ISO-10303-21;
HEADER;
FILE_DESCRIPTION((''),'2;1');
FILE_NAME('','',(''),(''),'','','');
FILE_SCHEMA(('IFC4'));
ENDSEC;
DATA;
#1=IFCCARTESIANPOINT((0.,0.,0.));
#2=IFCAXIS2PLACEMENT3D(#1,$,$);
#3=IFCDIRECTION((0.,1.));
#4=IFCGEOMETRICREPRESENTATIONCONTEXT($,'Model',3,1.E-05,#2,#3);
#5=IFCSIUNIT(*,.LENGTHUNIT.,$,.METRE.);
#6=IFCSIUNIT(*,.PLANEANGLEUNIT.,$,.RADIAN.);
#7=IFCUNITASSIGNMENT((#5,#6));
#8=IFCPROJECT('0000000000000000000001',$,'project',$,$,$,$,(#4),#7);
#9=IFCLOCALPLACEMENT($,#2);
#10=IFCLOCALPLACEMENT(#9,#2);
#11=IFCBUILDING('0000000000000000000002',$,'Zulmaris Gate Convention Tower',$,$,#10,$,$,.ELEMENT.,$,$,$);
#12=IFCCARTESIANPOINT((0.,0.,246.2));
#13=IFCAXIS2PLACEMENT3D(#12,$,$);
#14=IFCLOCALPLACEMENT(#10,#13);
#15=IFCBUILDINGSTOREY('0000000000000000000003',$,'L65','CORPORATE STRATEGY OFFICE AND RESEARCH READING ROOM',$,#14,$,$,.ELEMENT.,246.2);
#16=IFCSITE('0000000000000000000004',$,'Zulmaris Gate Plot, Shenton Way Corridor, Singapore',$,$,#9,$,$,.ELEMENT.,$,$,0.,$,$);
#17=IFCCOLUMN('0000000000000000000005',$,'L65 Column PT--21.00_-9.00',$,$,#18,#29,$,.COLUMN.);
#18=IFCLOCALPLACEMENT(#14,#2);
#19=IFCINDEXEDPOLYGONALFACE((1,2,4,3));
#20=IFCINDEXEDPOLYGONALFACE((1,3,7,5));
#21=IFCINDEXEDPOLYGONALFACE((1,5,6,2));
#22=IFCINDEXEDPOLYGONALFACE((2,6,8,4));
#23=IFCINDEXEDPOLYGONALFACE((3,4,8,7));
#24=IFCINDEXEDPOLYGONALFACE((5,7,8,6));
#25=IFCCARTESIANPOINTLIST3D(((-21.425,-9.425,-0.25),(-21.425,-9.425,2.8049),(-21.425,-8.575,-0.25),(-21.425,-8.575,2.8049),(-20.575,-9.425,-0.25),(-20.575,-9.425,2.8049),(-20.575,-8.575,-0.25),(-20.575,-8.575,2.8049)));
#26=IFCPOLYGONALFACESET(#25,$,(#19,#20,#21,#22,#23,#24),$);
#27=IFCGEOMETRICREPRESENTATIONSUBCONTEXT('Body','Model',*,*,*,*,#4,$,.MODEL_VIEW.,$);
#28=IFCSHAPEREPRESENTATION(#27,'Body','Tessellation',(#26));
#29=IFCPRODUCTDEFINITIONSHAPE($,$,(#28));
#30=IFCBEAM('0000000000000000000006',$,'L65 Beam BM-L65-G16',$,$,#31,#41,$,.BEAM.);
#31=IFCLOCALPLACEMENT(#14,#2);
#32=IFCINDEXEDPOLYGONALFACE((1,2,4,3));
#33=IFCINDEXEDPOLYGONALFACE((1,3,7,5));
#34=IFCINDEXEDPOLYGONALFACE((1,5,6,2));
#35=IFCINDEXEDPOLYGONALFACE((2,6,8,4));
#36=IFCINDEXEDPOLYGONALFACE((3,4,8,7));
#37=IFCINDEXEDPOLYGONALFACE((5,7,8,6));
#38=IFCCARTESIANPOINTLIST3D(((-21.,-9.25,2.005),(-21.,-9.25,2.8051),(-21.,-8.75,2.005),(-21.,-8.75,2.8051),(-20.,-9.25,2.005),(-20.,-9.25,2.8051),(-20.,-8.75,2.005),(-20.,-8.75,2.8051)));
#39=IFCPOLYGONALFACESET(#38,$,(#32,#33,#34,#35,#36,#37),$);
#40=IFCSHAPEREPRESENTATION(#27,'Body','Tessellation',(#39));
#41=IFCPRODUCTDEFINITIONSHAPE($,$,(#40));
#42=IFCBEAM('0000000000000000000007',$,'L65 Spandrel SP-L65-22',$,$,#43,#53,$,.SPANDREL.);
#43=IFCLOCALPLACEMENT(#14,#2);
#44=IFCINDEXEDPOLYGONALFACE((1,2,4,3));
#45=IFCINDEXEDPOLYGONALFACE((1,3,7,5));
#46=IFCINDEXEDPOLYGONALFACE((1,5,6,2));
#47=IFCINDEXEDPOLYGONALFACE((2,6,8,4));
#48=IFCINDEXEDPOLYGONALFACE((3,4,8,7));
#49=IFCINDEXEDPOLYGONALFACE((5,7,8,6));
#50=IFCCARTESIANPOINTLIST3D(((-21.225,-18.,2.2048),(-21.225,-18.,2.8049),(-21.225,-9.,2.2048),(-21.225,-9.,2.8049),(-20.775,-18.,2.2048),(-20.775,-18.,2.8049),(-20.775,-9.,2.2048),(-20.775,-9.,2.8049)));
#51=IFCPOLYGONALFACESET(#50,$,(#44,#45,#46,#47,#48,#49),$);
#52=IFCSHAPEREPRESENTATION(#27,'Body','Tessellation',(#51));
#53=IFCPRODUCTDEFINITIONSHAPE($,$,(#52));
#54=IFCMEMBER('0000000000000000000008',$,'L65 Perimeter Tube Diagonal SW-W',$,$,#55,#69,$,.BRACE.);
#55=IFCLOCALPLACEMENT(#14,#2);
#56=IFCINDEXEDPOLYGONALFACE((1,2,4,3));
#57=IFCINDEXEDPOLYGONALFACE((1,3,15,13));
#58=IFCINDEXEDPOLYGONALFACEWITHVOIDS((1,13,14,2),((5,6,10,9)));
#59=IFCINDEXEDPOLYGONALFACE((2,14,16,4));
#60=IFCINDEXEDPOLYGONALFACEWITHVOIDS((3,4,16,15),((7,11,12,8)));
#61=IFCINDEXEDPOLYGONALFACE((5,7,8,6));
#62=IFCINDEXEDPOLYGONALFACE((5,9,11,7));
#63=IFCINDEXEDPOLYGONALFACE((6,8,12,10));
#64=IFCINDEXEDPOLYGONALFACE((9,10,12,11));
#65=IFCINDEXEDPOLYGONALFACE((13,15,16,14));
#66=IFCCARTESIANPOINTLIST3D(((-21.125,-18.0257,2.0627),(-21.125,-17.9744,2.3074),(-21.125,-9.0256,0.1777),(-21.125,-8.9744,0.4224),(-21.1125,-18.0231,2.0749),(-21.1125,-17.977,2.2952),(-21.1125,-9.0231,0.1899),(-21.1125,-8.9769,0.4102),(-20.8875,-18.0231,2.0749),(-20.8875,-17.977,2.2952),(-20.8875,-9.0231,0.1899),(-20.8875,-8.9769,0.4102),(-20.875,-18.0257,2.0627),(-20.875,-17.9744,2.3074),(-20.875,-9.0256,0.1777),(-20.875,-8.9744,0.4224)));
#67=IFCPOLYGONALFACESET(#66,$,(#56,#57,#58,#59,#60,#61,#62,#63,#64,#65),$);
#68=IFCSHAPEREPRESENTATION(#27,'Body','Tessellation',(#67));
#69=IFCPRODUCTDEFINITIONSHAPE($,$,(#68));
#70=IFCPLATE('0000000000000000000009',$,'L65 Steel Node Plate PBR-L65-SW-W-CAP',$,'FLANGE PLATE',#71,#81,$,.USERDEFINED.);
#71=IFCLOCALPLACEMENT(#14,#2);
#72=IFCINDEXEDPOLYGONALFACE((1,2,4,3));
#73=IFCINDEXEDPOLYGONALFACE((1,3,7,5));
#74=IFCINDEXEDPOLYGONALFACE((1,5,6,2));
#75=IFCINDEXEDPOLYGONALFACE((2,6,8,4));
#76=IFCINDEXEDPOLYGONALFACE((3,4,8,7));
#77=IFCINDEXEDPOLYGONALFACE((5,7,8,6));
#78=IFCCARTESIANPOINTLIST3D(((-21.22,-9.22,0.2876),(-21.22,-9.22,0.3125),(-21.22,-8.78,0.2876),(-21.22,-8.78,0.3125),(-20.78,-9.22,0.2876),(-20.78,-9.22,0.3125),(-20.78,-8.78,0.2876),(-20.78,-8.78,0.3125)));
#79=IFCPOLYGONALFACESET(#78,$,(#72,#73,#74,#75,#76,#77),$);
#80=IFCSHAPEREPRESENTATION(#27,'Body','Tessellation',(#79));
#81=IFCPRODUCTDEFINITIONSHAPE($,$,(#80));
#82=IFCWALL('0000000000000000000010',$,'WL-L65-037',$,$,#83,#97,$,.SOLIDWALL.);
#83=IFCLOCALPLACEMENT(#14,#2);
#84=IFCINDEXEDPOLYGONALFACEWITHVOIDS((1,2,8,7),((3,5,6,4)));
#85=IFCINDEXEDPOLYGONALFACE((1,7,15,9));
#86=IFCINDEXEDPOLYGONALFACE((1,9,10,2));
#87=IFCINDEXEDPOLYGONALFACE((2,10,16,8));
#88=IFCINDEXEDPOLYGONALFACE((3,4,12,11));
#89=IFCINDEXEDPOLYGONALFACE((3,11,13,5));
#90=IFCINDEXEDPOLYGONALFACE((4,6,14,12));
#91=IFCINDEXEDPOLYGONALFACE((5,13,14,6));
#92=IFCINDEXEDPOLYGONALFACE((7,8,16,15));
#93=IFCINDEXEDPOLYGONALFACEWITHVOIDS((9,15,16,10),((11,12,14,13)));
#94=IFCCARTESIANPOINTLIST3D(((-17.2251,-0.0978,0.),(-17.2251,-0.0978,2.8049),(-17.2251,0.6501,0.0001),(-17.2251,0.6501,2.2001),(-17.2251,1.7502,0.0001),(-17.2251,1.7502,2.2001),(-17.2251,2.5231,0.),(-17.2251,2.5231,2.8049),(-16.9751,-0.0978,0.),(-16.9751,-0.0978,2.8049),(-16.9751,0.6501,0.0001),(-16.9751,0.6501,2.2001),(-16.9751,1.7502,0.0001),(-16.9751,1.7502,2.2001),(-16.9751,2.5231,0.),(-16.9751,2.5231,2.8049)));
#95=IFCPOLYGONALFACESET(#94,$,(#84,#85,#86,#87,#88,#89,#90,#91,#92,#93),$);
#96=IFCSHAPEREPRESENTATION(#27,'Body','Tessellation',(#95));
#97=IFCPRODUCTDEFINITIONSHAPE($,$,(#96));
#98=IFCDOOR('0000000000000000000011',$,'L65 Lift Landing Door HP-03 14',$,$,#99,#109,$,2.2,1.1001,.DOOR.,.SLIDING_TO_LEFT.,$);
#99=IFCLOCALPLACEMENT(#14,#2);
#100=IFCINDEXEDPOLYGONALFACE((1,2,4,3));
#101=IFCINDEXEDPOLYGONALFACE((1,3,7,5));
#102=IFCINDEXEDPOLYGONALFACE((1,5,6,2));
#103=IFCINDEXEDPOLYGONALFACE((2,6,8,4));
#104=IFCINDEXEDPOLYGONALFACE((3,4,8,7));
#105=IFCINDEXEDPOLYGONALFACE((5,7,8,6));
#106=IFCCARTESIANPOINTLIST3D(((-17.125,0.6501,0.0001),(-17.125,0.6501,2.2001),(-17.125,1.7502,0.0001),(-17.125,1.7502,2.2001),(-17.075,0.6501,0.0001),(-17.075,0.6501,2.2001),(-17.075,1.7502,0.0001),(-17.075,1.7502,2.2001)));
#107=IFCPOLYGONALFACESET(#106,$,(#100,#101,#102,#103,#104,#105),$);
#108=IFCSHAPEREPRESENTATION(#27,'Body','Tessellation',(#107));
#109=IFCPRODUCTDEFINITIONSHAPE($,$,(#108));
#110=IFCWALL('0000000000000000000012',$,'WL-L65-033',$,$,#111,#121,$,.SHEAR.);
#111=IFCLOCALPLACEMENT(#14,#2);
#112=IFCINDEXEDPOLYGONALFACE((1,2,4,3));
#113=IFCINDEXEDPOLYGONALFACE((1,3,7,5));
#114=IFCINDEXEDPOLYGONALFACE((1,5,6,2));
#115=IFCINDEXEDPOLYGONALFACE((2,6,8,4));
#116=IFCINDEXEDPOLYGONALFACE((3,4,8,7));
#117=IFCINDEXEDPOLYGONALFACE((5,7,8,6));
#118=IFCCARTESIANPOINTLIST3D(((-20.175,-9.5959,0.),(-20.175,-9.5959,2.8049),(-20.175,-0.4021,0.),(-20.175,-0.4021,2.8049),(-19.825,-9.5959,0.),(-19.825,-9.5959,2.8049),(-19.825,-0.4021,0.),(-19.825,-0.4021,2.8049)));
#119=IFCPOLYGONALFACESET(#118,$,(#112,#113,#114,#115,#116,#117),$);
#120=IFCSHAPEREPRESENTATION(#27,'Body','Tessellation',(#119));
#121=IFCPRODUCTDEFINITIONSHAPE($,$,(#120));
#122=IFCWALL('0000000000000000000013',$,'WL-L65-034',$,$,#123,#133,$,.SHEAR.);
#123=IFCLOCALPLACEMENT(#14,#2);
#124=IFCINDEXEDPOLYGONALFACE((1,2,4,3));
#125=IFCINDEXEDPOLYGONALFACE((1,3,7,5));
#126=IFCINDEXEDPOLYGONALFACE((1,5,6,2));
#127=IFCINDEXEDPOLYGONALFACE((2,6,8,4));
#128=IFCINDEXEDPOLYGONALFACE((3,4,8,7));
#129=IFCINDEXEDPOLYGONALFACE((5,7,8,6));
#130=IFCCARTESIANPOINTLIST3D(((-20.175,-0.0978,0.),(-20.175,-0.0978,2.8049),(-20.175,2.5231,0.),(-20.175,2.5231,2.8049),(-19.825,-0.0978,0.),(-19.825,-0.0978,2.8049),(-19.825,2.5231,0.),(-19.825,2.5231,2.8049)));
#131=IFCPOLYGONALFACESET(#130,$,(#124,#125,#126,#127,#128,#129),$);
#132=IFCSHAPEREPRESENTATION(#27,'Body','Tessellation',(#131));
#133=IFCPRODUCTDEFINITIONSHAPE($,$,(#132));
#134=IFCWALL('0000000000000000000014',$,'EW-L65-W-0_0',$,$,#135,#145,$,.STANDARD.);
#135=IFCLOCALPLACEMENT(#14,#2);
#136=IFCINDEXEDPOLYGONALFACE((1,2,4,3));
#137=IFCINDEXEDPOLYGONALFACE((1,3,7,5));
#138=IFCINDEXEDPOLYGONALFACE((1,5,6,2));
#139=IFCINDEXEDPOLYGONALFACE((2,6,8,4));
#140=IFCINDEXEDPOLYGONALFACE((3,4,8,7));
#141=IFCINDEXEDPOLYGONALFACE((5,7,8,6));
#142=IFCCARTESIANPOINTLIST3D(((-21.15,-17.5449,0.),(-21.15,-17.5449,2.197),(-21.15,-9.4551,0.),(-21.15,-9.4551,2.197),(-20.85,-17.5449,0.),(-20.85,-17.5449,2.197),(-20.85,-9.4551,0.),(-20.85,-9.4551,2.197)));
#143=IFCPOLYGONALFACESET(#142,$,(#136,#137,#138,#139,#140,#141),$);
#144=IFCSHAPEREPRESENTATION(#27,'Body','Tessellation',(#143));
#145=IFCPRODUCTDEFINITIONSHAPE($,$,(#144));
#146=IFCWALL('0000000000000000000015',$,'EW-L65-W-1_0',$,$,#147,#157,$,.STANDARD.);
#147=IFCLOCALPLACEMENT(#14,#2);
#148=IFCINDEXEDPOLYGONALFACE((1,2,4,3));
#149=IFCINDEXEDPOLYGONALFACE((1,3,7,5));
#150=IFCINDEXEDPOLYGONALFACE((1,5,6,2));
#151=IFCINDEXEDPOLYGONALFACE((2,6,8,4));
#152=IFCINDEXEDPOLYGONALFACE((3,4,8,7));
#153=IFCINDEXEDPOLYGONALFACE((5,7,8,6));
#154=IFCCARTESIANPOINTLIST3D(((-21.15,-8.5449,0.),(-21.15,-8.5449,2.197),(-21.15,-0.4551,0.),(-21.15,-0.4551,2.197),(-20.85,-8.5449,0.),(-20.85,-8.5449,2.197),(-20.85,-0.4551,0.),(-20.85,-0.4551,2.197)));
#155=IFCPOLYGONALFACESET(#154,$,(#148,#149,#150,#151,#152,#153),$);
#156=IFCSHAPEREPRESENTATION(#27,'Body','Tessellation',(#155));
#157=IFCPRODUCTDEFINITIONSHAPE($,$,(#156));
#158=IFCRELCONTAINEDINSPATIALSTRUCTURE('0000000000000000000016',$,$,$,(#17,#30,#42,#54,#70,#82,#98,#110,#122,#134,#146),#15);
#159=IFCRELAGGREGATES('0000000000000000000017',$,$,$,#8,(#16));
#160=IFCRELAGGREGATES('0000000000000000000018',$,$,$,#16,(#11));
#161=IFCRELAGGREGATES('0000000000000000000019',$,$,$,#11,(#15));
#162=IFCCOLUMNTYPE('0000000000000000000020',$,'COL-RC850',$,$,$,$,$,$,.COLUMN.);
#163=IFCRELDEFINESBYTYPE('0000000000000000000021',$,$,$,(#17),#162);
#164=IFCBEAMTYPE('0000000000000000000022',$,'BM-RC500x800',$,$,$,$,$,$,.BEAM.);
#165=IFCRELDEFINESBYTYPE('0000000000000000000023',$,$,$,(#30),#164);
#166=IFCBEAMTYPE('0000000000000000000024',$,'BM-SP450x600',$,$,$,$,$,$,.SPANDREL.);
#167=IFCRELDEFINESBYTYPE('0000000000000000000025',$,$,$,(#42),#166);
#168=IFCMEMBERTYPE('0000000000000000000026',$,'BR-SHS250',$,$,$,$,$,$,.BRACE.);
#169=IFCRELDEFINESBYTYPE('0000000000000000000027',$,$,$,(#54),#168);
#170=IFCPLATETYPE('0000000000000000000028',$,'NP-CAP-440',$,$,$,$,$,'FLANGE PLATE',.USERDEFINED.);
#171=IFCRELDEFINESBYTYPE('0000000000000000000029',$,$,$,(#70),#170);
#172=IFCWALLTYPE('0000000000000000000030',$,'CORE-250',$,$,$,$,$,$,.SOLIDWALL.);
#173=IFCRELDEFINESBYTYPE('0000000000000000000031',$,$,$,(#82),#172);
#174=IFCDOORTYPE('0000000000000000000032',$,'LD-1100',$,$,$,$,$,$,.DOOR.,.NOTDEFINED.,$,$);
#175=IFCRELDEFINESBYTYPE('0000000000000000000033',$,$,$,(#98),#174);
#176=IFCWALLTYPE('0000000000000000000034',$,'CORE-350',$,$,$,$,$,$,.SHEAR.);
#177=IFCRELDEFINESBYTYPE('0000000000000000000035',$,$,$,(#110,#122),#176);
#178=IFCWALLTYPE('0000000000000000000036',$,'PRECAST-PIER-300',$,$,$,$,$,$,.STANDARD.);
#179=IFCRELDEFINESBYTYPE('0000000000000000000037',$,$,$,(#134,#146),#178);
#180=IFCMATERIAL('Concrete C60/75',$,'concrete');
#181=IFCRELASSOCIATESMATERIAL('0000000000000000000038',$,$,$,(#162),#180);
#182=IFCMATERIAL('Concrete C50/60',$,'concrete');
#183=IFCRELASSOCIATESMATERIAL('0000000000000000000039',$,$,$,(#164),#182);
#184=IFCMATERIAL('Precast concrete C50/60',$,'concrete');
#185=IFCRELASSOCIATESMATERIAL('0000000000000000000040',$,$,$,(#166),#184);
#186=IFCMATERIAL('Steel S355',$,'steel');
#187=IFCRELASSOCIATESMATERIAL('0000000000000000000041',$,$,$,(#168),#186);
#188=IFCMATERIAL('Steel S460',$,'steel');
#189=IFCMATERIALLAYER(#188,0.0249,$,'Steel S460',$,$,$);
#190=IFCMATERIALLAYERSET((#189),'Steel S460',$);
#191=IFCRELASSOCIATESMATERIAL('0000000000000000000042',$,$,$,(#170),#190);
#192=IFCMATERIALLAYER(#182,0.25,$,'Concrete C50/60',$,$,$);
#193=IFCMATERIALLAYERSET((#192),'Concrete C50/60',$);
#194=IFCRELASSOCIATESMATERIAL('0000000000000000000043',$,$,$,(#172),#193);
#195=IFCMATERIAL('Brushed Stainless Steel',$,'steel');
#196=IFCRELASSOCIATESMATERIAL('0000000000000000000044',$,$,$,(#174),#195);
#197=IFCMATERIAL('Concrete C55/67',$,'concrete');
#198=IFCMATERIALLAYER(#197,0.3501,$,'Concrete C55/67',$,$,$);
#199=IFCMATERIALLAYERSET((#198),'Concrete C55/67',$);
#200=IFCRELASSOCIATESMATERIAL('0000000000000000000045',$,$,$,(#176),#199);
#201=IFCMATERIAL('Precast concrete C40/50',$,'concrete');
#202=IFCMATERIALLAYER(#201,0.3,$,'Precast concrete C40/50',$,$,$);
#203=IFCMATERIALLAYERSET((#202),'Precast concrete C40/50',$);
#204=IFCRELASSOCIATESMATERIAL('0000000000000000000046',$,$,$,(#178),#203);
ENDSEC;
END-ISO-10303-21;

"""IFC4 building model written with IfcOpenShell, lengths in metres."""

from ifc_helpers import new_model, si_unit, direction, frame, frame_2d, origin, origin_2d, place, context, subcontext, project, spatial, rectangle, hollow_rectangle, extrude, material, layer, layer_set, material_profile, profile_set, type_object, element, fill, save


model = new_model("IFC4")

# Units and contexts
model_context = context("Model", 3, precision=1e-05, world=origin(), true_north=direction((0.0, 1.0)))
body_context = subcontext(model_context, "Body", "Model", "MODEL_VIEW")
ifc_project = project(units=[si_unit("LENGTHUNIT", "METRE"), si_unit("PLANEANGLEUNIT", "RADIAN")], contexts=[model_context])

# Site, building, storey
site_placement = place(None, origin())
site = spatial("IfcSite", under=ifc_project, at=site_placement, Name="Zulmaris Gate Plot, Shenton Way Corridor, Singapore", CompositionType="ELEMENT", RefElevation=0.0)
building_placement = place(site_placement, origin())
building = spatial("IfcBuilding", under=site, at=building_placement, Name="Zulmaris Gate Convention Tower", CompositionType="ELEMENT")
storey_placement = place(building_placement, frame((0.0, 0.0, 246.2)))
storey = spatial("IfcBuildingStorey", under=building, at=storey_placement, Name="L65", Description="CORPORATE STRATEGY OFFICE AND RESEARCH READING ROOM", CompositionType="ELEMENT", Elevation=246.2)

# Column
ifc_material_1 = material(Name="Concrete C60/75", Category="concrete")
ifc_material_profile_1 = material_profile(ifc_material_1, rectangle(XDim=0.8501, YDim=0.8501, at=origin_2d()), Name="RC COL 850x850")
ifc_profile_set_1 = profile_set([ifc_material_profile_1], Name="Concrete C60/75")
column_type = type_object("IfcColumnType", Name="COL-RC850", PredefinedType="COLUMN", material=ifc_profile_set_1)
column_placement = place(storey_placement, frame((-21.0, -9.0, -0.25), z_axis=(0.0, 0.0, 1.0), x_axis=(1.0, 0.0, 0.0)))
element("IfcColumn", 1, at=column_placement, inside=storey, type_object=column_type, Name="L65 Column PT--21.00_-9.00", PredefinedType="COLUMN", context=body_context, shape_type="SweptSolid", body=[
    extrude(rectangle(XDim=0.8501, YDim=0.8501, at=origin_2d()), origin(), (0.0, 0.0, 1.0), 3.0549),
])

# Beams
ifc_material_2 = material(Name="Concrete C50/60", Category="concrete")
ifc_material_profile_2 = material_profile(ifc_material_2, rectangle(XDim=0.5, YDim=0.8, at=origin_2d()), Name="RC BEAM 500x800")
ifc_profile_set_2 = profile_set([ifc_material_profile_2], Name="Concrete C50/60")
beam_type_1 = type_object("IfcBeamType", Name="BM-RC500x800", PredefinedType="BEAM", material=ifc_profile_set_2)
beam_1_placement = place(storey_placement, frame((-21.0, -9.0, 2.405), z_axis=(1.0, 0.0, 0.0), x_axis=(0.0, 1.0, 0.0)))
element("IfcBeam", 2, at=beam_1_placement, inside=storey, type_object=beam_type_1, Name="L65 Beam BM-L65-G16", PredefinedType="BEAM", context=body_context, shape_type="SweptSolid", body=[
    extrude(rectangle(XDim=0.5, YDim=0.8, at=origin_2d()), origin(), (0.0, 0.0, 1.0), 1.0),
])
ifc_material_3 = material(Name="Precast concrete C50/60", Category="concrete")
ifc_material_profile_3 = material_profile(ifc_material_3, rectangle(XDim=0.45, YDim=0.6001, at=origin_2d()), Name="RC SPANDREL 450x600")
ifc_profile_set_3 = profile_set([ifc_material_profile_3], Name="Precast concrete C50/60")
beam_type_2 = type_object("IfcBeamType", Name="BM-SP450x600", PredefinedType="SPANDREL", material=ifc_profile_set_3)
beam_2_placement = place(storey_placement, frame((-21.0, -9.0, 2.5049), z_axis=(0.0, -1.0, 0.0), x_axis=(1.0, 0.0, 0.0)))
element("IfcBeam", 3, at=beam_2_placement, inside=storey, type_object=beam_type_2, Name="L65 Spandrel SP-L65-22", PredefinedType="SPANDREL", context=body_context, shape_type="SweptSolid", body=[
    extrude(rectangle(XDim=0.45, YDim=0.6001, at=origin_2d()), origin(), (0.0, 0.0, 1.0), 9.0),
])

# Member
ifc_material_4 = material(Name="Steel S355", Category="steel")
ifc_material_profile_4 = material_profile(ifc_material_4, hollow_rectangle(XDim=0.25, YDim=0.25, WallThickness=0.0125, at=origin_2d()), Name="SHS 250x250x12.5")
ifc_profile_set_4 = profile_set([ifc_material_profile_4], Name="Steel S355")
member_type = type_object("IfcMemberType", Name="BR-SHS250", PredefinedType="BRACE", material=ifc_profile_set_4)
member_placement = place(storey_placement, frame((-21.0, -9.0, 0.3), z_axis=(0.0, -0.978763, 0.204997), x_axis=(1.0, 0.0, 0.0)))
element("IfcMember", 4, at=member_placement, inside=storey, type_object=member_type, Name="L65 Perimeter Tube Diagonal SW-W", PredefinedType="BRACE", context=body_context, shape_type="SweptSolid", body=[
    extrude(hollow_rectangle(XDim=0.25, YDim=0.25, WallThickness=0.0125, at=origin_2d()), origin(), (0.0, 0.0, 1.0), 9.1953),
])

# Plate
ifc_material_5 = material(Name="Steel S460", Category="steel")
ifc_layer_1 = layer(ifc_material_5, 0.0249, Name="Steel S460")
ifc_layer_set_1 = layer_set([ifc_layer_1], Name="Steel S460")
plate_type = type_object("IfcPlateType", Name="NP-CAP-440", ElementType="FLANGE PLATE", PredefinedType="USERDEFINED", material=ifc_layer_set_1)
plate_placement = place(storey_placement, frame((-21.0, -9.0, 0.2876), z_axis=(0.0, 0.0, 1.0), x_axis=(1.0, 0.0, 0.0)))
element("IfcPlate", 5, at=plate_placement, inside=storey, type_object=plate_type, Name="L65 Steel Node Plate PBR-L65-SW-W-CAP", ObjectType="FLANGE PLATE", PredefinedType="USERDEFINED", context=body_context, shape_type="SweptSolid", body=[
    extrude(rectangle(XDim=0.4399, YDim=0.4399, at=origin_2d()), origin(), (0.0, 0.0, 1.0), 0.0249),
])

# Wall, opening, door
ifc_layer_2 = layer(ifc_material_2, 0.25, Name="Concrete C50/60")
ifc_layer_set_2 = layer_set([ifc_layer_2], Name="Concrete C50/60")
wall_type_1 = type_object("IfcWallType", Name="CORE-250", PredefinedType="SOLIDWALL", material=ifc_layer_set_2)
wall_1_placement = place(storey_placement, frame((-17.1001, -0.0979, 0.0), z_axis=(0.0, 0.0, 1.0), x_axis=(0.0, 1.0, 0.0)))
wall_1 = element("IfcWall", 6, at=wall_1_placement, inside=storey, type_object=wall_type_1, Name="WL-L65-037", PredefinedType="SOLIDWALL", context=body_context, shape_type="SweptSolid", body=[
    extrude(rectangle(XDim=2.6208, YDim=0.25, at=frame_2d((1.3105, 0.0))), origin(), (0.0, 0.0, 1.0), 2.8049),
])
opening_1_placement = place(wall_1_placement, frame((0.748, 0.0, 0.0)))
opening_1 = element("IfcOpeningElement", 7, at=opening_1_placement, cuts=wall_1, PredefinedType="OPENING", context=body_context, shape_type="SweptSolid", body=[
    extrude(rectangle(XDim=1.1001, YDim=2.2, at=frame_2d((0.55, 1.1001))), frame((0.0, 0.135, 0.0), z_axis=(0.0, -1.0, 0.0), x_axis=(1.0, 0.0, 0.0)), (0.0, 0.0, 1.0), 0.27),
])
ifc_material_6 = material(Name="Brushed Stainless Steel", Category="steel")
door_type_1 = type_object("IfcDoorType", Name="LD-1100", OperationType="NOTDEFINED", PredefinedType="DOOR", material=ifc_material_6)
door_1_placement = place(opening_1_placement, origin())
door_1 = element("IfcDoor", 8, at=door_1_placement, inside=storey, type_object=door_type_1, Name="L65 Lift Landing Door HP-03 14", OperationType="SLIDING_TO_LEFT", OverallHeight=2.2, OverallWidth=1.1001, PredefinedType="DOOR", context=body_context, shape_type="SweptSolid", body=[
    extrude(rectangle(XDim=1.1001, YDim=2.2, at=frame_2d((0.55, 1.1001))), frame((0.0, 0.0249, 0.0), z_axis=(0.0, -1.0, 0.0), x_axis=(1.0, 0.0, 0.0)), (0.0, 0.0, 1.0), 0.05),
])
fill(opening_1, door_1)

# Walls
ifc_material_7 = material(Name="Concrete C55/67", Category="concrete")
ifc_layer_3 = layer(ifc_material_7, 0.3501, Name="Concrete C55/67")
ifc_layer_set_3 = layer_set([ifc_layer_3], Name="Concrete C55/67")
wall_type_2 = type_object("IfcWallType", Name="CORE-350", PredefinedType="SHEAR", material=ifc_layer_set_3)
wall_2_placement = place(storey_placement, frame((-20.0, -9.5959, 0.0), z_axis=(0.0, 0.0, 1.0), x_axis=(0.0, 1.0, 0.0)))
element("IfcWall", 9, at=wall_2_placement, inside=storey, type_object=wall_type_2, Name="WL-L65-033", PredefinedType="SHEAR", context=body_context, shape_type="SweptSolid", body=[
    extrude(rectangle(XDim=9.1938, YDim=0.3501, at=frame_2d((4.5969, 0.0))), origin(), (0.0, 0.0, 1.0), 2.8049),
])
wall_3_placement = place(storey_placement, frame((-20.0, -0.0979, 0.0), z_axis=(0.0, 0.0, 1.0), x_axis=(0.0, 1.0, 0.0)))
element("IfcWall", 10, at=wall_3_placement, inside=storey, type_object=wall_type_2, Name="WL-L65-034", PredefinedType="SHEAR", context=body_context, shape_type="SweptSolid", body=[
    extrude(rectangle(XDim=2.6208, YDim=0.3501, at=frame_2d((1.3105, 0.0))), origin(), (0.0, 0.0, 1.0), 2.8049),
])
ifc_material_8 = material(Name="Precast concrete C40/50", Category="concrete")
ifc_layer_4 = layer(ifc_material_8, 0.3, Name="Precast concrete C40/50")
ifc_layer_set_4 = layer_set([ifc_layer_4], Name="Precast concrete C40/50")
wall_type_3 = type_object("IfcWallType", Name="PRECAST-PIER-300", PredefinedType="STANDARD", material=ifc_layer_set_4)
for number, where, z_axis, x_axis, name in (
    (11, (-21.0, -9.4551, 0.0), (0.0, 0.0, 1.0), (0.0, -1.0, 0.0), "EW-L65-W-0_0"),
    (12, (-21.0, -0.4551, 0.0), (0.0, 0.0, 1.0), (0.0, -1.0, 0.0), "EW-L65-W-1_0"),
):
    element("IfcWall", number, at=place(storey_placement, frame(where, z_axis=z_axis, x_axis=x_axis)), inside=storey, type_object=wall_type_3, Name=name, PredefinedType="STANDARD", context=body_context, shape_type="SweptSolid", body=[
        extrude(rectangle(XDim=8.0898, YDim=0.3, at=frame_2d((4.0449, 0.0))), origin(), (0.0, 0.0, 1.0), 2.197),
    ])

save(model, "model.ifc")
